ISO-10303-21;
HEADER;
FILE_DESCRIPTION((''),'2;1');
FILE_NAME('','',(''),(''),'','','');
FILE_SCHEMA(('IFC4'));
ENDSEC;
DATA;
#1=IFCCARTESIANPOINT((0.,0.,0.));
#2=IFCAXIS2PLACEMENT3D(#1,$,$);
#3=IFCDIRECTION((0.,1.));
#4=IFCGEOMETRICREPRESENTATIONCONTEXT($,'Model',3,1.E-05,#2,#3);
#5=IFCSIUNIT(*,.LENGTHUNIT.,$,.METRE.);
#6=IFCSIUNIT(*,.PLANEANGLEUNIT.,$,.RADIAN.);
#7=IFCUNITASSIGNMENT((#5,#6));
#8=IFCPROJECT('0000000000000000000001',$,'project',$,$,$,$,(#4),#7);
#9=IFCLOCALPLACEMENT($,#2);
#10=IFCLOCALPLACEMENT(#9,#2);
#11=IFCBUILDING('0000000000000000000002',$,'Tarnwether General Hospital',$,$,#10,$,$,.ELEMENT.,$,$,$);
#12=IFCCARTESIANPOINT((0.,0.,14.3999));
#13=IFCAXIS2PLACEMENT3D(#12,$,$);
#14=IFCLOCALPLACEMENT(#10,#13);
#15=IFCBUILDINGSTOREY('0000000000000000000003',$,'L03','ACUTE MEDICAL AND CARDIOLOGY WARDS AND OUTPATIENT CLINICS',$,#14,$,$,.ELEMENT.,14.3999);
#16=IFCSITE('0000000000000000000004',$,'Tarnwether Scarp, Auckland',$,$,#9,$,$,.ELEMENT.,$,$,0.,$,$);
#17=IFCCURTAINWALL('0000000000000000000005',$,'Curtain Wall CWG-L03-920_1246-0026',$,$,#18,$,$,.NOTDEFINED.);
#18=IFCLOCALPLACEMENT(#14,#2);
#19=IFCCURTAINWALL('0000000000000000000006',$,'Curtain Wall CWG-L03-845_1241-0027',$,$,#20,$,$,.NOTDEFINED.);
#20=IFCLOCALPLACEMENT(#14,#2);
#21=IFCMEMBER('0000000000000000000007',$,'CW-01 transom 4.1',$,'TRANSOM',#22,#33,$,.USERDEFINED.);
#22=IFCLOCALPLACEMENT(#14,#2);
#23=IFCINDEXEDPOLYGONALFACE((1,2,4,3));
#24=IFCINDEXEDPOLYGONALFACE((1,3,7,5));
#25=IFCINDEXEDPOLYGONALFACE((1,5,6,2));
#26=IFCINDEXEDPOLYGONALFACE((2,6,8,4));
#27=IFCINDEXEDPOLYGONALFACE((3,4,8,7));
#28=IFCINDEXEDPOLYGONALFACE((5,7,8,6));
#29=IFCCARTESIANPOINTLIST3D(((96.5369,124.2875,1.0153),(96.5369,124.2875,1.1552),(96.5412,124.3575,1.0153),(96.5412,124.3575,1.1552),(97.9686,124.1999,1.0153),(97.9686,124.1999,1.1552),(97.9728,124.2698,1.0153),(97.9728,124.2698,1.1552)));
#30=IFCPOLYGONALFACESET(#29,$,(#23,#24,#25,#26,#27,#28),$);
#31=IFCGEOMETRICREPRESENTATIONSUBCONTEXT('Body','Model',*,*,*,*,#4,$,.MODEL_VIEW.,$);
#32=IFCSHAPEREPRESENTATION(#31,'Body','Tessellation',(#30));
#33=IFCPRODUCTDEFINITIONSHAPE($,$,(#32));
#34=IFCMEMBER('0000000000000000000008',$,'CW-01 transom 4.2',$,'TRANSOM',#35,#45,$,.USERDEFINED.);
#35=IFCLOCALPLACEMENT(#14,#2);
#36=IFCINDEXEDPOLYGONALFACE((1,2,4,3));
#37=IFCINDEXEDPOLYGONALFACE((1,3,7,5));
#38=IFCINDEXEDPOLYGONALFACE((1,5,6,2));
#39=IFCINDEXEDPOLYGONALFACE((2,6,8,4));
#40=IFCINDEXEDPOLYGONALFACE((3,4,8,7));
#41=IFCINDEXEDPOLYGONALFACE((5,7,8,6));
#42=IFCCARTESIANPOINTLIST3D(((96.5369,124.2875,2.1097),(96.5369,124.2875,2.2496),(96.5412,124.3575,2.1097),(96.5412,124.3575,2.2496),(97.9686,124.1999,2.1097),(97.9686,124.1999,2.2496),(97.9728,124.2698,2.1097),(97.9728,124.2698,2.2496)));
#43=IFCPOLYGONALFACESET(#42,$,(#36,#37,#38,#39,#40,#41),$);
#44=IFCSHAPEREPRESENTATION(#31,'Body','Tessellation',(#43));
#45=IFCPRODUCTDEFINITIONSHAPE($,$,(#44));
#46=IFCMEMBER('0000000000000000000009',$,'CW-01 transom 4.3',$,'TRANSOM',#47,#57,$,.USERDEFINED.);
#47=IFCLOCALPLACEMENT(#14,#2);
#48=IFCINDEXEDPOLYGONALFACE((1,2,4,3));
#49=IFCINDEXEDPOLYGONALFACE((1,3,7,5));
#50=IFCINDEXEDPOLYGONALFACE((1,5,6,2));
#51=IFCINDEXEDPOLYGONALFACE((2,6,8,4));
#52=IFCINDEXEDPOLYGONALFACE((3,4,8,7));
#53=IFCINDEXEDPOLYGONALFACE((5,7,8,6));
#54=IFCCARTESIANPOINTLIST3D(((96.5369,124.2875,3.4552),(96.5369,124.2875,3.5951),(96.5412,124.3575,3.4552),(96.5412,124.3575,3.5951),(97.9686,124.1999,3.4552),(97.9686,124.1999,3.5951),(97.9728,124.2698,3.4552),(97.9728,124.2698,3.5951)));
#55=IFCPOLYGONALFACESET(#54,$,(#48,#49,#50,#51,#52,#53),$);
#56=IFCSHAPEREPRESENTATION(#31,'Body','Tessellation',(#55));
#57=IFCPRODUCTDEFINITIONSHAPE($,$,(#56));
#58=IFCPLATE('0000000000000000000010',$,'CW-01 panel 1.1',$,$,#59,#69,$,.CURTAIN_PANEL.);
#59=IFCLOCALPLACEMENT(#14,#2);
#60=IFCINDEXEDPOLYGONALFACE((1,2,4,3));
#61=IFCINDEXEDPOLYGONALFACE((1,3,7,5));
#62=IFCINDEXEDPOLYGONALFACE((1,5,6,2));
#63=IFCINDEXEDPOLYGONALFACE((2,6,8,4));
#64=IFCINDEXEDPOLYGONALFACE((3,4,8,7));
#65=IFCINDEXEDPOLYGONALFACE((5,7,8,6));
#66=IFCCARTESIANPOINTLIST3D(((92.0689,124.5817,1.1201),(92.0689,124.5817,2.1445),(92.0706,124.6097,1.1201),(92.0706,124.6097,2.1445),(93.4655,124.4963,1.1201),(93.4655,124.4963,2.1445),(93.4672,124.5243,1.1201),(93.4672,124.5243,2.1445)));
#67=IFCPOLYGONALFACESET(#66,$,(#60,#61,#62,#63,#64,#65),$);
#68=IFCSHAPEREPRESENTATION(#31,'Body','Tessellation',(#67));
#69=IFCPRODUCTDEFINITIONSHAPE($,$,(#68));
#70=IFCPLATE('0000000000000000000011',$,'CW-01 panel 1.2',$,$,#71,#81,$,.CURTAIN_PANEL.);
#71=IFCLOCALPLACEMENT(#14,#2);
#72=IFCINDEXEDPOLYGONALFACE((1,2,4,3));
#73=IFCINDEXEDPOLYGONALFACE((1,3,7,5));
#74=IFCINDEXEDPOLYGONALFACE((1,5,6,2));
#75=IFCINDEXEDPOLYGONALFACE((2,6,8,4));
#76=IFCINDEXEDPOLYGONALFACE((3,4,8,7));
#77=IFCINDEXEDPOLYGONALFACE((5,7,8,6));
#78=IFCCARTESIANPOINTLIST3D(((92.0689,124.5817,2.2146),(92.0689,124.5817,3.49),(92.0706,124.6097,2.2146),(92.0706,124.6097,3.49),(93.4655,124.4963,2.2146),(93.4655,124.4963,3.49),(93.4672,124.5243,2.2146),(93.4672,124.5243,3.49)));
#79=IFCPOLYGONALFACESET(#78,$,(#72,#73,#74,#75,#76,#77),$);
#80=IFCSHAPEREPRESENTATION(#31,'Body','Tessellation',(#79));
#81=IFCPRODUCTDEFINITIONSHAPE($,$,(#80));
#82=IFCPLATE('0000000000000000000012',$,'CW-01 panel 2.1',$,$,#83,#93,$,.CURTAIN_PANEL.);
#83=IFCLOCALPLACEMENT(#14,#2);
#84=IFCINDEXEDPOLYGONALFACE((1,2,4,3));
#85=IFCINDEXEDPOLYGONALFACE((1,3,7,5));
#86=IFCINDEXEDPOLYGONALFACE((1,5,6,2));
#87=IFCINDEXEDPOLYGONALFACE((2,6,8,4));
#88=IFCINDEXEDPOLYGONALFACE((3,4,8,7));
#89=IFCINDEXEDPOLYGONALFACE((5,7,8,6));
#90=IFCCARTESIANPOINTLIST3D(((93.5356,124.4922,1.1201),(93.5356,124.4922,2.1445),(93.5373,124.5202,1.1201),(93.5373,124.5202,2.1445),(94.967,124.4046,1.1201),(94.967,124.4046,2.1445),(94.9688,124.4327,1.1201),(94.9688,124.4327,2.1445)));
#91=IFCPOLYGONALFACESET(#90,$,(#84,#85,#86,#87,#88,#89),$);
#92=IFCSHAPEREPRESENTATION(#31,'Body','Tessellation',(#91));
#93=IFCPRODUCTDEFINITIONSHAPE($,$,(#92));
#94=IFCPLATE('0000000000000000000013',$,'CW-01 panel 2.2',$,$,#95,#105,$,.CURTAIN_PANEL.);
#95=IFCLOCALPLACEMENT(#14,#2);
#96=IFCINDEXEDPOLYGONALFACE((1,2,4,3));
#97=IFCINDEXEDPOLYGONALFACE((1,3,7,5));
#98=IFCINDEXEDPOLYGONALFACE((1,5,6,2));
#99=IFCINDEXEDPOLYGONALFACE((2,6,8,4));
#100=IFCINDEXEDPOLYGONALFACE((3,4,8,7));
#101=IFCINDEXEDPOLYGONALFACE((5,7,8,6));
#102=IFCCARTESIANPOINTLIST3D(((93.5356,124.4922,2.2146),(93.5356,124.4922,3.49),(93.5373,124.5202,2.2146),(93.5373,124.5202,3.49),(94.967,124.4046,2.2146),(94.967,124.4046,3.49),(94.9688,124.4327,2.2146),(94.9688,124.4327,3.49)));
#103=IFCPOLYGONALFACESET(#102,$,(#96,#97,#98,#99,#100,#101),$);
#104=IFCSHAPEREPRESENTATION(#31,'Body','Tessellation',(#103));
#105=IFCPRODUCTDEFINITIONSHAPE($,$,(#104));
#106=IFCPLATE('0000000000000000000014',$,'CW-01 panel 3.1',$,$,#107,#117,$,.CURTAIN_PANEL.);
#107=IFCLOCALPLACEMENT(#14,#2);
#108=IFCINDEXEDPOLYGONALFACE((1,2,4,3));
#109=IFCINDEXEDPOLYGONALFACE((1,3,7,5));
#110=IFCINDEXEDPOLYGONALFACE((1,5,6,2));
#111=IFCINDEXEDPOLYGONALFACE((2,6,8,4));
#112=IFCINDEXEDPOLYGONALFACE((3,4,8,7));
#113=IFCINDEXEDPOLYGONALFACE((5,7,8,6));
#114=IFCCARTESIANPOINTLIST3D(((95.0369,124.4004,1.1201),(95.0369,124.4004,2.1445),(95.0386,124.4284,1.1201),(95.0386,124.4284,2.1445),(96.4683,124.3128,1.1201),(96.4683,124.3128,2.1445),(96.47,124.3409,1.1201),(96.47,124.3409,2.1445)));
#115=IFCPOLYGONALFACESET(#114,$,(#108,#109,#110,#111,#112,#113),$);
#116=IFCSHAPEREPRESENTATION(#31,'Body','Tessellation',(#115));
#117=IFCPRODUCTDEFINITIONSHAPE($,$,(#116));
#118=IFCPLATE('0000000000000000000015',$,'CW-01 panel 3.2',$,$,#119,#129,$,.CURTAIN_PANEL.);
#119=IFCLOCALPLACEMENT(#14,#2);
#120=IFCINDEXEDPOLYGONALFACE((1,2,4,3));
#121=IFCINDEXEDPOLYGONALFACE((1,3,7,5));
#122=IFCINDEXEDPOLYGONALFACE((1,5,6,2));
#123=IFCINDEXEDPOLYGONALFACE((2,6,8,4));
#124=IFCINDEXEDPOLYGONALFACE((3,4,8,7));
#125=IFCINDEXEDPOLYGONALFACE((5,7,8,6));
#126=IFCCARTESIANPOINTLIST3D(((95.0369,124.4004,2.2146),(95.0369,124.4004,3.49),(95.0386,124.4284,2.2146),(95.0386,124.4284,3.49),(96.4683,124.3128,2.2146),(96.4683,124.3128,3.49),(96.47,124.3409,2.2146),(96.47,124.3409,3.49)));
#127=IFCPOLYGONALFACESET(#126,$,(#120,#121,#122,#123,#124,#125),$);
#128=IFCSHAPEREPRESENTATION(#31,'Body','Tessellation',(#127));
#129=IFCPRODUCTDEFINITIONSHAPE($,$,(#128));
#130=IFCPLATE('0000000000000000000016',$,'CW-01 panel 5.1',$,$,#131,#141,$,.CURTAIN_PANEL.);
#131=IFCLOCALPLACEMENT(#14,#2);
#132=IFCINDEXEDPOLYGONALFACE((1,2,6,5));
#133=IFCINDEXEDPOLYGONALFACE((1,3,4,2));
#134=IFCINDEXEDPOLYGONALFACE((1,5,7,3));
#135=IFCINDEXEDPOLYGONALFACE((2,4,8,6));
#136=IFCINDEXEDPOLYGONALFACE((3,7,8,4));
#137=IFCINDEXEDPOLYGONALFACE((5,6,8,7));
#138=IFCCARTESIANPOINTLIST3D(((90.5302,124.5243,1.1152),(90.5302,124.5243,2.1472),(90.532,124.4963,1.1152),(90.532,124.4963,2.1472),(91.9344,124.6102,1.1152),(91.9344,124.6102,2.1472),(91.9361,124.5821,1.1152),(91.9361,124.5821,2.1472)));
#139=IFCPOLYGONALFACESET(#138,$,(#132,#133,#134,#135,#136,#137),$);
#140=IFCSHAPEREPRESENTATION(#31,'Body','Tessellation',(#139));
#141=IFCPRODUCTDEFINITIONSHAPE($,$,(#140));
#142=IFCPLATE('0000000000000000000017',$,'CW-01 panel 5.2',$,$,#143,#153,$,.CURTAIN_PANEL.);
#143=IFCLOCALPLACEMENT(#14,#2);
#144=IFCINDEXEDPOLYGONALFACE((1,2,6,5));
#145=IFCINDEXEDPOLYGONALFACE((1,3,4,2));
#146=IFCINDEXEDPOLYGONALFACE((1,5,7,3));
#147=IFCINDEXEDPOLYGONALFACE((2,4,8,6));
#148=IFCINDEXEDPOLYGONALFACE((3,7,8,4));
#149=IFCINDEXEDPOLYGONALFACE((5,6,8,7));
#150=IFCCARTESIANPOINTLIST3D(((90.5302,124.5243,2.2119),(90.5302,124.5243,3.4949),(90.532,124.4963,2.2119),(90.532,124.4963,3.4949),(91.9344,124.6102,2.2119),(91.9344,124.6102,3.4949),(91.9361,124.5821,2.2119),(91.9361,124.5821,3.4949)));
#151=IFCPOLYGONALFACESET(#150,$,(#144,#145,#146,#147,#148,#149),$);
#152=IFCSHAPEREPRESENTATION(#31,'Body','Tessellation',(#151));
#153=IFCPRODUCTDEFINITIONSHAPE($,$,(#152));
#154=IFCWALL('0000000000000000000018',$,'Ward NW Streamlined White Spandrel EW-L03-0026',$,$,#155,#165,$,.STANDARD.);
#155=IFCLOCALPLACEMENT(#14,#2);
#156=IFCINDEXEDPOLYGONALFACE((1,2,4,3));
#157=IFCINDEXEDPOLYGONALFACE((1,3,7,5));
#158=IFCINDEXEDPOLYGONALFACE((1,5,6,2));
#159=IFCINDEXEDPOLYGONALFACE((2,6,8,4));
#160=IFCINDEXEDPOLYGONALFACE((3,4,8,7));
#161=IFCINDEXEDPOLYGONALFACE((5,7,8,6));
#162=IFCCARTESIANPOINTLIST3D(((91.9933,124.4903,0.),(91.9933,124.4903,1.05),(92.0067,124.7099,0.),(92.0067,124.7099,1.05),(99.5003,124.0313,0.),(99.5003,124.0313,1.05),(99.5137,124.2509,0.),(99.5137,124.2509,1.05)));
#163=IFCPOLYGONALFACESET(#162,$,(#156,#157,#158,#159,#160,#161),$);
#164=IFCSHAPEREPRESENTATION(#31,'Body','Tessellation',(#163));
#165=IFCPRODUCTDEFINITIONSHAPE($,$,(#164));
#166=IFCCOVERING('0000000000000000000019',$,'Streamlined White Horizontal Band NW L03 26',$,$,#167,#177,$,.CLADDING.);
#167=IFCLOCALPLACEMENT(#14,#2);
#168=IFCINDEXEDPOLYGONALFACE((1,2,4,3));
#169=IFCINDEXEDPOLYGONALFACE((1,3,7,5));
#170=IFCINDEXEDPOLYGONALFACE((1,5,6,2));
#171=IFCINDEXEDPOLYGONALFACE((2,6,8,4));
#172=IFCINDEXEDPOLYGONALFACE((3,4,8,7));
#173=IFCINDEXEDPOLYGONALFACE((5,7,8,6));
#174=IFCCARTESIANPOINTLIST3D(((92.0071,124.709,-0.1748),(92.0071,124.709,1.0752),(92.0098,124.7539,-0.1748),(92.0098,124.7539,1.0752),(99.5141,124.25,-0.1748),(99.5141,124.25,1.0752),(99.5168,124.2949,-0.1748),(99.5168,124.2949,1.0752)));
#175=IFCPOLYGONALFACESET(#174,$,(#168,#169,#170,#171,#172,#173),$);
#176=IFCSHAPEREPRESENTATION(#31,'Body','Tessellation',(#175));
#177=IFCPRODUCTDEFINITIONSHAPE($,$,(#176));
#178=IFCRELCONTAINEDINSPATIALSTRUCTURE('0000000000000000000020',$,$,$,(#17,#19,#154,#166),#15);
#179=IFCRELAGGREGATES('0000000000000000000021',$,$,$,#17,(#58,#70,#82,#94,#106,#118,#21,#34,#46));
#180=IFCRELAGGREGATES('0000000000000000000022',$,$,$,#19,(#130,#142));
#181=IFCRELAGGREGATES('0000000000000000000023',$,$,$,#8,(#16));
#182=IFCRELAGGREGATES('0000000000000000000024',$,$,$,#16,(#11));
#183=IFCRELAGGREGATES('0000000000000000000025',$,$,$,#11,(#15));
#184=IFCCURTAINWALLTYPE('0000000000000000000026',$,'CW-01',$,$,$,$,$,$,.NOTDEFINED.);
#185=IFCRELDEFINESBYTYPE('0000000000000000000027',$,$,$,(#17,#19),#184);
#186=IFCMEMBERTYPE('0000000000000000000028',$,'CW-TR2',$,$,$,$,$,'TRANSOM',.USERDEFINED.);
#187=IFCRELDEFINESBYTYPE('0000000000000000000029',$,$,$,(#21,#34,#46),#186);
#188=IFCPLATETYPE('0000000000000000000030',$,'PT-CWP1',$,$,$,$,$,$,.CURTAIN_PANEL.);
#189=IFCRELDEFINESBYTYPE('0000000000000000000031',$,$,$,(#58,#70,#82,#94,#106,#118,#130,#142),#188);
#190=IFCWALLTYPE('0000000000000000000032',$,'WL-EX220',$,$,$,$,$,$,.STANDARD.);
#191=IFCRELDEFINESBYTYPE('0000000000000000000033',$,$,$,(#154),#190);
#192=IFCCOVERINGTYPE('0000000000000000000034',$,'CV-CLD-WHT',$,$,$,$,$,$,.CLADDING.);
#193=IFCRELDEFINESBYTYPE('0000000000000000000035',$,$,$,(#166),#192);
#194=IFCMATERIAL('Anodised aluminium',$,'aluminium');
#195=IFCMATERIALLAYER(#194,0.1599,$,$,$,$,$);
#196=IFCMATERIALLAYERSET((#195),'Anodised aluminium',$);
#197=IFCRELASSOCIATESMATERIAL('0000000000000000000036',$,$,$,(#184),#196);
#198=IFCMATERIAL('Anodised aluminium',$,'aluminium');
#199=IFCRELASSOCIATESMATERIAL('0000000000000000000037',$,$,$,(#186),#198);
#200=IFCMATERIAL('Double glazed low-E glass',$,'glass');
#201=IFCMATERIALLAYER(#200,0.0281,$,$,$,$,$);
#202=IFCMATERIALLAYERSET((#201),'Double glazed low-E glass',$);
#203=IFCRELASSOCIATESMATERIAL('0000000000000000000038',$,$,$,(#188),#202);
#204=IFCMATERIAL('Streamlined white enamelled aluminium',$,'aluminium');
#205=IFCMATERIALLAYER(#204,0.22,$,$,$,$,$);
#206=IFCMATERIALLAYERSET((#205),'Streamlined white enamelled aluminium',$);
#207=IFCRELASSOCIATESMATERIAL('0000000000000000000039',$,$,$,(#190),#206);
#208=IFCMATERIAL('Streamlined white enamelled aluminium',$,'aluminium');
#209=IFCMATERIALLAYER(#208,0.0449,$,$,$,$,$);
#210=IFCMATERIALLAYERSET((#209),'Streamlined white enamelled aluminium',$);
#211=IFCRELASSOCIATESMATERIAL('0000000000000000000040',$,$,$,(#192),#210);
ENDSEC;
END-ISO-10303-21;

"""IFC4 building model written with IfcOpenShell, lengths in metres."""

from ifc_helpers import new_model, si_unit, direction, frame, frame_2d, origin, origin_2d, place, context, subcontext, project, spatial, rectangle, extrude, material, layer, layer_set, material_profile, profile_set, type_object, element, aggregate, save


model = new_model("IFC4")

# Units and contexts
model_context = context("Model", 3, precision=1e-05, world=origin(), true_north=direction((0.0, 1.0)))
body_context = subcontext(model_context, "Body", "Model", "MODEL_VIEW")
ifc_project = project(units=[si_unit("LENGTHUNIT", "METRE"), si_unit("PLANEANGLEUNIT", "RADIAN")], contexts=[model_context])

# Site, building, storey
site_placement = place(None, origin())
site = spatial("IfcSite", under=ifc_project, at=site_placement, Name="Tarnwether Scarp, Auckland", CompositionType="ELEMENT", RefElevation=0.0)
building_placement = place(site_placement, origin())
building = spatial("IfcBuilding", under=site, at=building_placement, Name="Tarnwether General Hospital", CompositionType="ELEMENT")
storey_placement = place(building_placement, frame((0.0, 0.0, 14.3999)))
storey = spatial("IfcBuildingStorey", under=building, at=storey_placement, Name="L03", Description="ACUTE MEDICAL AND CARDIOLOGY WARDS AND OUTPATIENT CLINICS", CompositionType="ELEMENT", Elevation=14.3999)

# Curtain wall
ifc_material_1 = material(Name="Anodised aluminium", Category="aluminium")
ifc_layer_1 = layer(ifc_material_1, 0.1599)
ifc_layer_set_1 = layer_set([ifc_layer_1], Name="Anodised aluminium")
curtain_wall_type = type_object("IfcCurtainWallType", Name="CW-01", PredefinedType="NOTDEFINED", material=ifc_layer_set_1)
curtain_wall_1_placement = place(storey_placement, origin())
curtain_wall_1 = element("IfcCurtainWall", 1, at=curtain_wall_1_placement, inside=storey, type_object=curtain_wall_type, Name="Curtain Wall CWG-L03-920_1246-0026", PredefinedType="NOTDEFINED")

# Curtain wall
curtain_wall_2_placement = place(storey_placement, origin())
curtain_wall_2 = element("IfcCurtainWall", 2, at=curtain_wall_2_placement, inside=storey, type_object=curtain_wall_type, Name="Curtain Wall CWG-L03-845_1241-0027", PredefinedType="NOTDEFINED")

# Members
ifc_material_2 = material(Name="Anodised aluminium", Category="aluminium")
ifc_material_profile_1 = material_profile(ifc_material_2, rectangle(XDim=0.0701, YDim=0.1399, at=origin_2d()), Name="ALU-TRN-70x140")
ifc_profile_set_1 = profile_set([ifc_material_profile_1], Name="Anodised aluminium")
member_type_1 = type_object("IfcMemberType", Name="CW-TR2", ElementType="TRANSOM", PredefinedType="USERDEFINED", material=ifc_profile_set_1)
member_1_placement = place(storey_placement, frame((96.5391, 124.3225, 1.0852), z_axis=(0.998131, -0.061107, 0.0), x_axis=(0.061107, 0.998131, 0.0)))
member_1 = element("IfcMember", 3, at=member_1_placement, type_object=member_type_1, Name="CW-01 transom 4.1", ObjectType="TRANSOM", PredefinedType="USERDEFINED", context=body_context, shape_type="SweptSolid", body=[
    extrude(rectangle(XDim=0.0701, YDim=0.1399, at=origin_2d()), origin(), (0.0, 0.0, 1.0), 1.4343),
])
member_2_placement = place(storey_placement, frame((96.5391, 124.3225, 2.1797), z_axis=(0.998131, -0.061107, 0.0), x_axis=(0.061107, 0.998131, 0.0)))
member_2 = element("IfcMember", 4, at=member_2_placement, type_object=member_type_1, Name="CW-01 transom 4.2", ObjectType="TRANSOM", PredefinedType="USERDEFINED", context=body_context, shape_type="SweptSolid", body=[
    extrude(rectangle(XDim=0.0701, YDim=0.1399, at=origin_2d()), origin(), (0.0, 0.0, 1.0), 1.4343),
])
member_3_placement = place(storey_placement, frame((96.5391, 124.3225, 3.5251), z_axis=(0.998131, -0.061107, 0.0), x_axis=(0.061107, 0.998131, 0.0)))
member_3 = element("IfcMember", 5, at=member_3_placement, type_object=member_type_1, Name="CW-01 transom 4.3", ObjectType="TRANSOM", PredefinedType="USERDEFINED", context=body_context, shape_type="SweptSolid", body=[
    extrude(rectangle(XDim=0.0701, YDim=0.1399, at=origin_2d()), origin(), (0.0, 0.0, 1.0), 1.4343),
])

# Plates
ifc_material_3 = material(Name="Double glazed low-E glass", Category="glass")
ifc_layer_2 = layer(ifc_material_3, 0.0281)
ifc_layer_set_2 = layer_set([ifc_layer_2], Name="Double glazed low-E glass")
plate_type = type_object("IfcPlateType", Name="PT-CWP1", PredefinedType="CURTAIN_PANEL", material=ifc_layer_set_2)
plate_1_placement = place(storey_placement, frame((92.7681, 124.553, 1.1201), z_axis=(0.0, 0.0, 1.0), x_axis=(0.998136, -0.061029, 0.0)))
plate_1 = element("IfcPlate", 6, at=plate_1_placement, type_object=plate_type, Name="CW-01 panel 1.1", PredefinedType="CURTAIN_PANEL", context=body_context, shape_type="SweptSolid", body=[
    extrude(rectangle(XDim=1.3992, YDim=0.0281, at=origin_2d()), origin(), (0.0, 0.0, 1.0), 1.0244),
])
plate_2_placement = place(storey_placement, frame((92.7681, 124.553, 2.2146), z_axis=(0.0, 0.0, 1.0), x_axis=(0.998136, -0.061029, 0.0)))
plate_2 = element("IfcPlate", 7, at=plate_2_placement, type_object=plate_type, Name="CW-01 panel 1.2", PredefinedType="CURTAIN_PANEL", context=body_context, shape_type="SweptSolid", body=[
    extrude(rectangle(XDim=1.3992, YDim=0.0281, at=origin_2d()), origin(), (0.0, 0.0, 1.0), 1.2754),
])
plate_3_placement = place(storey_placement, frame((94.2522, 124.4624, 1.1201), z_axis=(0.0, 0.0, 1.0), x_axis=(0.998136, -0.061029, 0.0)))
plate_3 = element("IfcPlate", 8, at=plate_3_placement, type_object=plate_type, Name="CW-01 panel 2.1", PredefinedType="CURTAIN_PANEL", context=body_context, shape_type="SweptSolid", body=[
    extrude(rectangle(XDim=1.4341, YDim=0.0281, at=origin_2d()), origin(), (0.0, 0.0, 1.0), 1.0244),
])
plate_4_placement = place(storey_placement, frame((94.2522, 124.4624, 2.2146), z_axis=(0.0, 0.0, 1.0), x_axis=(0.998136, -0.061029, 0.0)))
plate_4 = element("IfcPlate", 9, at=plate_4_placement, type_object=plate_type, Name="CW-01 panel 2.2", PredefinedType="CURTAIN_PANEL", context=body_context, shape_type="SweptSolid", body=[
    extrude(rectangle(XDim=1.4341, YDim=0.0281, at=origin_2d()), origin(), (0.0, 0.0, 1.0), 1.2754),
])
plate_5_placement = place(storey_placement, frame((95.7534, 124.3706, 1.1201), z_axis=(0.0, 0.0, 1.0), x_axis=(0.998136, -0.061029, 0.0)))
plate_5 = element("IfcPlate", 10, at=plate_5_placement, type_object=plate_type, Name="CW-01 panel 3.1", PredefinedType="CURTAIN_PANEL", context=body_context, shape_type="SweptSolid", body=[
    extrude(rectangle(XDim=1.4341, YDim=0.0281, at=origin_2d()), origin(), (0.0, 0.0, 1.0), 1.0244),
])
plate_6_placement = place(storey_placement, frame((95.7534, 124.3706, 2.2146), z_axis=(0.0, 0.0, 1.0), x_axis=(0.998136, -0.061029, 0.0)))
plate_6 = element("IfcPlate", 11, at=plate_6_placement, type_object=plate_type, Name="CW-01 panel 3.2", PredefinedType="CURTAIN_PANEL", context=body_context, shape_type="SweptSolid", body=[
    extrude(rectangle(XDim=1.4341, YDim=0.0281, at=origin_2d()), origin(), (0.0, 0.0, 1.0), 1.2754),
])
aggregate(curtain_wall_1, [plate_1, plate_2, plate_3, plate_4, plate_5, plate_6, member_1, member_2, member_3])
plate_7_placement = place(storey_placement, frame((91.2332, 124.5532, 1.1152), z_axis=(0.0, 0.0, 1.0), x_axis=(0.998136, 0.061029, 0.0)))
plate_7 = element("IfcPlate", 12, at=plate_7_placement, type_object=plate_type, Name="CW-01 panel 5.1", PredefinedType="CURTAIN_PANEL", context=body_context, shape_type="SweptSolid", body=[
    extrude(rectangle(XDim=1.4067, YDim=0.0281, at=origin_2d()), origin(), (0.0, 0.0, 1.0), 1.032),
])
plate_8_placement = place(storey_placement, frame((91.2332, 124.5532, 2.2119), z_axis=(0.0, 0.0, 1.0), x_axis=(0.998136, 0.061029, 0.0)))
plate_8 = element("IfcPlate", 13, at=plate_8_placement, type_object=plate_type, Name="CW-01 panel 5.2", PredefinedType="CURTAIN_PANEL", context=body_context, shape_type="SweptSolid", body=[
    extrude(rectangle(XDim=1.4067, YDim=0.0281, at=origin_2d()), origin(), (0.0, 0.0, 1.0), 1.283),
])
aggregate(curtain_wall_2, [plate_7, plate_8])

# Wall
ifc_material_4 = material(Name="Streamlined white enamelled aluminium", Category="aluminium")
ifc_layer_3 = layer(ifc_material_4, 0.22)
ifc_layer_set_3 = layer_set([ifc_layer_3], Name="Streamlined white enamelled aluminium")
wall_type = type_object("IfcWallType", Name="WL-EX220", PredefinedType="STANDARD", material=ifc_layer_set_3)
wall_placement = place(storey_placement, frame((92.0, 124.6001, 0.0), z_axis=(0.0, 0.0, 1.0), x_axis=(0.998136, -0.061026, 0.0)))
element("IfcWall", 14, at=wall_placement, inside=storey, type_object=wall_type, Name="Ward NW Streamlined White Spandrel EW-L03-0026", PredefinedType="STANDARD", context=body_context, shape_type="SweptSolid", body=[
    extrude(rectangle(XDim=7.521, YDim=0.22, at=frame_2d((3.7605, 0.0))), origin(), (0.0, 0.0, 1.0), 1.05),
])

# Covering
ifc_material_5 = material(Name="Streamlined white enamelled aluminium", Category="aluminium")
ifc_layer_4 = layer(ifc_material_5, 0.0449)
ifc_layer_set_4 = layer_set([ifc_layer_4], Name="Streamlined white enamelled aluminium")
covering_type = type_object("IfcCoveringType", Name="CV-CLD-WHT", PredefinedType="CLADDING", material=ifc_layer_set_4)
covering_placement = place(storey_placement, frame((95.762, 124.502, -0.1748), z_axis=(0.0, 0.0, 1.0), x_axis=(0.998136, -0.061031, 0.0)))
element("IfcCovering", 15, at=covering_placement, inside=storey, type_object=covering_type, Name="Streamlined White Horizontal Band NW L03 26", PredefinedType="CLADDING", context=body_context, shape_type="SweptSolid", body=[
    extrude(rectangle(XDim=7.521, YDim=0.0449, at=origin_2d()), origin(), (0.0, 0.0, 1.0), 1.25),
])

save(model, "model.ifc")
